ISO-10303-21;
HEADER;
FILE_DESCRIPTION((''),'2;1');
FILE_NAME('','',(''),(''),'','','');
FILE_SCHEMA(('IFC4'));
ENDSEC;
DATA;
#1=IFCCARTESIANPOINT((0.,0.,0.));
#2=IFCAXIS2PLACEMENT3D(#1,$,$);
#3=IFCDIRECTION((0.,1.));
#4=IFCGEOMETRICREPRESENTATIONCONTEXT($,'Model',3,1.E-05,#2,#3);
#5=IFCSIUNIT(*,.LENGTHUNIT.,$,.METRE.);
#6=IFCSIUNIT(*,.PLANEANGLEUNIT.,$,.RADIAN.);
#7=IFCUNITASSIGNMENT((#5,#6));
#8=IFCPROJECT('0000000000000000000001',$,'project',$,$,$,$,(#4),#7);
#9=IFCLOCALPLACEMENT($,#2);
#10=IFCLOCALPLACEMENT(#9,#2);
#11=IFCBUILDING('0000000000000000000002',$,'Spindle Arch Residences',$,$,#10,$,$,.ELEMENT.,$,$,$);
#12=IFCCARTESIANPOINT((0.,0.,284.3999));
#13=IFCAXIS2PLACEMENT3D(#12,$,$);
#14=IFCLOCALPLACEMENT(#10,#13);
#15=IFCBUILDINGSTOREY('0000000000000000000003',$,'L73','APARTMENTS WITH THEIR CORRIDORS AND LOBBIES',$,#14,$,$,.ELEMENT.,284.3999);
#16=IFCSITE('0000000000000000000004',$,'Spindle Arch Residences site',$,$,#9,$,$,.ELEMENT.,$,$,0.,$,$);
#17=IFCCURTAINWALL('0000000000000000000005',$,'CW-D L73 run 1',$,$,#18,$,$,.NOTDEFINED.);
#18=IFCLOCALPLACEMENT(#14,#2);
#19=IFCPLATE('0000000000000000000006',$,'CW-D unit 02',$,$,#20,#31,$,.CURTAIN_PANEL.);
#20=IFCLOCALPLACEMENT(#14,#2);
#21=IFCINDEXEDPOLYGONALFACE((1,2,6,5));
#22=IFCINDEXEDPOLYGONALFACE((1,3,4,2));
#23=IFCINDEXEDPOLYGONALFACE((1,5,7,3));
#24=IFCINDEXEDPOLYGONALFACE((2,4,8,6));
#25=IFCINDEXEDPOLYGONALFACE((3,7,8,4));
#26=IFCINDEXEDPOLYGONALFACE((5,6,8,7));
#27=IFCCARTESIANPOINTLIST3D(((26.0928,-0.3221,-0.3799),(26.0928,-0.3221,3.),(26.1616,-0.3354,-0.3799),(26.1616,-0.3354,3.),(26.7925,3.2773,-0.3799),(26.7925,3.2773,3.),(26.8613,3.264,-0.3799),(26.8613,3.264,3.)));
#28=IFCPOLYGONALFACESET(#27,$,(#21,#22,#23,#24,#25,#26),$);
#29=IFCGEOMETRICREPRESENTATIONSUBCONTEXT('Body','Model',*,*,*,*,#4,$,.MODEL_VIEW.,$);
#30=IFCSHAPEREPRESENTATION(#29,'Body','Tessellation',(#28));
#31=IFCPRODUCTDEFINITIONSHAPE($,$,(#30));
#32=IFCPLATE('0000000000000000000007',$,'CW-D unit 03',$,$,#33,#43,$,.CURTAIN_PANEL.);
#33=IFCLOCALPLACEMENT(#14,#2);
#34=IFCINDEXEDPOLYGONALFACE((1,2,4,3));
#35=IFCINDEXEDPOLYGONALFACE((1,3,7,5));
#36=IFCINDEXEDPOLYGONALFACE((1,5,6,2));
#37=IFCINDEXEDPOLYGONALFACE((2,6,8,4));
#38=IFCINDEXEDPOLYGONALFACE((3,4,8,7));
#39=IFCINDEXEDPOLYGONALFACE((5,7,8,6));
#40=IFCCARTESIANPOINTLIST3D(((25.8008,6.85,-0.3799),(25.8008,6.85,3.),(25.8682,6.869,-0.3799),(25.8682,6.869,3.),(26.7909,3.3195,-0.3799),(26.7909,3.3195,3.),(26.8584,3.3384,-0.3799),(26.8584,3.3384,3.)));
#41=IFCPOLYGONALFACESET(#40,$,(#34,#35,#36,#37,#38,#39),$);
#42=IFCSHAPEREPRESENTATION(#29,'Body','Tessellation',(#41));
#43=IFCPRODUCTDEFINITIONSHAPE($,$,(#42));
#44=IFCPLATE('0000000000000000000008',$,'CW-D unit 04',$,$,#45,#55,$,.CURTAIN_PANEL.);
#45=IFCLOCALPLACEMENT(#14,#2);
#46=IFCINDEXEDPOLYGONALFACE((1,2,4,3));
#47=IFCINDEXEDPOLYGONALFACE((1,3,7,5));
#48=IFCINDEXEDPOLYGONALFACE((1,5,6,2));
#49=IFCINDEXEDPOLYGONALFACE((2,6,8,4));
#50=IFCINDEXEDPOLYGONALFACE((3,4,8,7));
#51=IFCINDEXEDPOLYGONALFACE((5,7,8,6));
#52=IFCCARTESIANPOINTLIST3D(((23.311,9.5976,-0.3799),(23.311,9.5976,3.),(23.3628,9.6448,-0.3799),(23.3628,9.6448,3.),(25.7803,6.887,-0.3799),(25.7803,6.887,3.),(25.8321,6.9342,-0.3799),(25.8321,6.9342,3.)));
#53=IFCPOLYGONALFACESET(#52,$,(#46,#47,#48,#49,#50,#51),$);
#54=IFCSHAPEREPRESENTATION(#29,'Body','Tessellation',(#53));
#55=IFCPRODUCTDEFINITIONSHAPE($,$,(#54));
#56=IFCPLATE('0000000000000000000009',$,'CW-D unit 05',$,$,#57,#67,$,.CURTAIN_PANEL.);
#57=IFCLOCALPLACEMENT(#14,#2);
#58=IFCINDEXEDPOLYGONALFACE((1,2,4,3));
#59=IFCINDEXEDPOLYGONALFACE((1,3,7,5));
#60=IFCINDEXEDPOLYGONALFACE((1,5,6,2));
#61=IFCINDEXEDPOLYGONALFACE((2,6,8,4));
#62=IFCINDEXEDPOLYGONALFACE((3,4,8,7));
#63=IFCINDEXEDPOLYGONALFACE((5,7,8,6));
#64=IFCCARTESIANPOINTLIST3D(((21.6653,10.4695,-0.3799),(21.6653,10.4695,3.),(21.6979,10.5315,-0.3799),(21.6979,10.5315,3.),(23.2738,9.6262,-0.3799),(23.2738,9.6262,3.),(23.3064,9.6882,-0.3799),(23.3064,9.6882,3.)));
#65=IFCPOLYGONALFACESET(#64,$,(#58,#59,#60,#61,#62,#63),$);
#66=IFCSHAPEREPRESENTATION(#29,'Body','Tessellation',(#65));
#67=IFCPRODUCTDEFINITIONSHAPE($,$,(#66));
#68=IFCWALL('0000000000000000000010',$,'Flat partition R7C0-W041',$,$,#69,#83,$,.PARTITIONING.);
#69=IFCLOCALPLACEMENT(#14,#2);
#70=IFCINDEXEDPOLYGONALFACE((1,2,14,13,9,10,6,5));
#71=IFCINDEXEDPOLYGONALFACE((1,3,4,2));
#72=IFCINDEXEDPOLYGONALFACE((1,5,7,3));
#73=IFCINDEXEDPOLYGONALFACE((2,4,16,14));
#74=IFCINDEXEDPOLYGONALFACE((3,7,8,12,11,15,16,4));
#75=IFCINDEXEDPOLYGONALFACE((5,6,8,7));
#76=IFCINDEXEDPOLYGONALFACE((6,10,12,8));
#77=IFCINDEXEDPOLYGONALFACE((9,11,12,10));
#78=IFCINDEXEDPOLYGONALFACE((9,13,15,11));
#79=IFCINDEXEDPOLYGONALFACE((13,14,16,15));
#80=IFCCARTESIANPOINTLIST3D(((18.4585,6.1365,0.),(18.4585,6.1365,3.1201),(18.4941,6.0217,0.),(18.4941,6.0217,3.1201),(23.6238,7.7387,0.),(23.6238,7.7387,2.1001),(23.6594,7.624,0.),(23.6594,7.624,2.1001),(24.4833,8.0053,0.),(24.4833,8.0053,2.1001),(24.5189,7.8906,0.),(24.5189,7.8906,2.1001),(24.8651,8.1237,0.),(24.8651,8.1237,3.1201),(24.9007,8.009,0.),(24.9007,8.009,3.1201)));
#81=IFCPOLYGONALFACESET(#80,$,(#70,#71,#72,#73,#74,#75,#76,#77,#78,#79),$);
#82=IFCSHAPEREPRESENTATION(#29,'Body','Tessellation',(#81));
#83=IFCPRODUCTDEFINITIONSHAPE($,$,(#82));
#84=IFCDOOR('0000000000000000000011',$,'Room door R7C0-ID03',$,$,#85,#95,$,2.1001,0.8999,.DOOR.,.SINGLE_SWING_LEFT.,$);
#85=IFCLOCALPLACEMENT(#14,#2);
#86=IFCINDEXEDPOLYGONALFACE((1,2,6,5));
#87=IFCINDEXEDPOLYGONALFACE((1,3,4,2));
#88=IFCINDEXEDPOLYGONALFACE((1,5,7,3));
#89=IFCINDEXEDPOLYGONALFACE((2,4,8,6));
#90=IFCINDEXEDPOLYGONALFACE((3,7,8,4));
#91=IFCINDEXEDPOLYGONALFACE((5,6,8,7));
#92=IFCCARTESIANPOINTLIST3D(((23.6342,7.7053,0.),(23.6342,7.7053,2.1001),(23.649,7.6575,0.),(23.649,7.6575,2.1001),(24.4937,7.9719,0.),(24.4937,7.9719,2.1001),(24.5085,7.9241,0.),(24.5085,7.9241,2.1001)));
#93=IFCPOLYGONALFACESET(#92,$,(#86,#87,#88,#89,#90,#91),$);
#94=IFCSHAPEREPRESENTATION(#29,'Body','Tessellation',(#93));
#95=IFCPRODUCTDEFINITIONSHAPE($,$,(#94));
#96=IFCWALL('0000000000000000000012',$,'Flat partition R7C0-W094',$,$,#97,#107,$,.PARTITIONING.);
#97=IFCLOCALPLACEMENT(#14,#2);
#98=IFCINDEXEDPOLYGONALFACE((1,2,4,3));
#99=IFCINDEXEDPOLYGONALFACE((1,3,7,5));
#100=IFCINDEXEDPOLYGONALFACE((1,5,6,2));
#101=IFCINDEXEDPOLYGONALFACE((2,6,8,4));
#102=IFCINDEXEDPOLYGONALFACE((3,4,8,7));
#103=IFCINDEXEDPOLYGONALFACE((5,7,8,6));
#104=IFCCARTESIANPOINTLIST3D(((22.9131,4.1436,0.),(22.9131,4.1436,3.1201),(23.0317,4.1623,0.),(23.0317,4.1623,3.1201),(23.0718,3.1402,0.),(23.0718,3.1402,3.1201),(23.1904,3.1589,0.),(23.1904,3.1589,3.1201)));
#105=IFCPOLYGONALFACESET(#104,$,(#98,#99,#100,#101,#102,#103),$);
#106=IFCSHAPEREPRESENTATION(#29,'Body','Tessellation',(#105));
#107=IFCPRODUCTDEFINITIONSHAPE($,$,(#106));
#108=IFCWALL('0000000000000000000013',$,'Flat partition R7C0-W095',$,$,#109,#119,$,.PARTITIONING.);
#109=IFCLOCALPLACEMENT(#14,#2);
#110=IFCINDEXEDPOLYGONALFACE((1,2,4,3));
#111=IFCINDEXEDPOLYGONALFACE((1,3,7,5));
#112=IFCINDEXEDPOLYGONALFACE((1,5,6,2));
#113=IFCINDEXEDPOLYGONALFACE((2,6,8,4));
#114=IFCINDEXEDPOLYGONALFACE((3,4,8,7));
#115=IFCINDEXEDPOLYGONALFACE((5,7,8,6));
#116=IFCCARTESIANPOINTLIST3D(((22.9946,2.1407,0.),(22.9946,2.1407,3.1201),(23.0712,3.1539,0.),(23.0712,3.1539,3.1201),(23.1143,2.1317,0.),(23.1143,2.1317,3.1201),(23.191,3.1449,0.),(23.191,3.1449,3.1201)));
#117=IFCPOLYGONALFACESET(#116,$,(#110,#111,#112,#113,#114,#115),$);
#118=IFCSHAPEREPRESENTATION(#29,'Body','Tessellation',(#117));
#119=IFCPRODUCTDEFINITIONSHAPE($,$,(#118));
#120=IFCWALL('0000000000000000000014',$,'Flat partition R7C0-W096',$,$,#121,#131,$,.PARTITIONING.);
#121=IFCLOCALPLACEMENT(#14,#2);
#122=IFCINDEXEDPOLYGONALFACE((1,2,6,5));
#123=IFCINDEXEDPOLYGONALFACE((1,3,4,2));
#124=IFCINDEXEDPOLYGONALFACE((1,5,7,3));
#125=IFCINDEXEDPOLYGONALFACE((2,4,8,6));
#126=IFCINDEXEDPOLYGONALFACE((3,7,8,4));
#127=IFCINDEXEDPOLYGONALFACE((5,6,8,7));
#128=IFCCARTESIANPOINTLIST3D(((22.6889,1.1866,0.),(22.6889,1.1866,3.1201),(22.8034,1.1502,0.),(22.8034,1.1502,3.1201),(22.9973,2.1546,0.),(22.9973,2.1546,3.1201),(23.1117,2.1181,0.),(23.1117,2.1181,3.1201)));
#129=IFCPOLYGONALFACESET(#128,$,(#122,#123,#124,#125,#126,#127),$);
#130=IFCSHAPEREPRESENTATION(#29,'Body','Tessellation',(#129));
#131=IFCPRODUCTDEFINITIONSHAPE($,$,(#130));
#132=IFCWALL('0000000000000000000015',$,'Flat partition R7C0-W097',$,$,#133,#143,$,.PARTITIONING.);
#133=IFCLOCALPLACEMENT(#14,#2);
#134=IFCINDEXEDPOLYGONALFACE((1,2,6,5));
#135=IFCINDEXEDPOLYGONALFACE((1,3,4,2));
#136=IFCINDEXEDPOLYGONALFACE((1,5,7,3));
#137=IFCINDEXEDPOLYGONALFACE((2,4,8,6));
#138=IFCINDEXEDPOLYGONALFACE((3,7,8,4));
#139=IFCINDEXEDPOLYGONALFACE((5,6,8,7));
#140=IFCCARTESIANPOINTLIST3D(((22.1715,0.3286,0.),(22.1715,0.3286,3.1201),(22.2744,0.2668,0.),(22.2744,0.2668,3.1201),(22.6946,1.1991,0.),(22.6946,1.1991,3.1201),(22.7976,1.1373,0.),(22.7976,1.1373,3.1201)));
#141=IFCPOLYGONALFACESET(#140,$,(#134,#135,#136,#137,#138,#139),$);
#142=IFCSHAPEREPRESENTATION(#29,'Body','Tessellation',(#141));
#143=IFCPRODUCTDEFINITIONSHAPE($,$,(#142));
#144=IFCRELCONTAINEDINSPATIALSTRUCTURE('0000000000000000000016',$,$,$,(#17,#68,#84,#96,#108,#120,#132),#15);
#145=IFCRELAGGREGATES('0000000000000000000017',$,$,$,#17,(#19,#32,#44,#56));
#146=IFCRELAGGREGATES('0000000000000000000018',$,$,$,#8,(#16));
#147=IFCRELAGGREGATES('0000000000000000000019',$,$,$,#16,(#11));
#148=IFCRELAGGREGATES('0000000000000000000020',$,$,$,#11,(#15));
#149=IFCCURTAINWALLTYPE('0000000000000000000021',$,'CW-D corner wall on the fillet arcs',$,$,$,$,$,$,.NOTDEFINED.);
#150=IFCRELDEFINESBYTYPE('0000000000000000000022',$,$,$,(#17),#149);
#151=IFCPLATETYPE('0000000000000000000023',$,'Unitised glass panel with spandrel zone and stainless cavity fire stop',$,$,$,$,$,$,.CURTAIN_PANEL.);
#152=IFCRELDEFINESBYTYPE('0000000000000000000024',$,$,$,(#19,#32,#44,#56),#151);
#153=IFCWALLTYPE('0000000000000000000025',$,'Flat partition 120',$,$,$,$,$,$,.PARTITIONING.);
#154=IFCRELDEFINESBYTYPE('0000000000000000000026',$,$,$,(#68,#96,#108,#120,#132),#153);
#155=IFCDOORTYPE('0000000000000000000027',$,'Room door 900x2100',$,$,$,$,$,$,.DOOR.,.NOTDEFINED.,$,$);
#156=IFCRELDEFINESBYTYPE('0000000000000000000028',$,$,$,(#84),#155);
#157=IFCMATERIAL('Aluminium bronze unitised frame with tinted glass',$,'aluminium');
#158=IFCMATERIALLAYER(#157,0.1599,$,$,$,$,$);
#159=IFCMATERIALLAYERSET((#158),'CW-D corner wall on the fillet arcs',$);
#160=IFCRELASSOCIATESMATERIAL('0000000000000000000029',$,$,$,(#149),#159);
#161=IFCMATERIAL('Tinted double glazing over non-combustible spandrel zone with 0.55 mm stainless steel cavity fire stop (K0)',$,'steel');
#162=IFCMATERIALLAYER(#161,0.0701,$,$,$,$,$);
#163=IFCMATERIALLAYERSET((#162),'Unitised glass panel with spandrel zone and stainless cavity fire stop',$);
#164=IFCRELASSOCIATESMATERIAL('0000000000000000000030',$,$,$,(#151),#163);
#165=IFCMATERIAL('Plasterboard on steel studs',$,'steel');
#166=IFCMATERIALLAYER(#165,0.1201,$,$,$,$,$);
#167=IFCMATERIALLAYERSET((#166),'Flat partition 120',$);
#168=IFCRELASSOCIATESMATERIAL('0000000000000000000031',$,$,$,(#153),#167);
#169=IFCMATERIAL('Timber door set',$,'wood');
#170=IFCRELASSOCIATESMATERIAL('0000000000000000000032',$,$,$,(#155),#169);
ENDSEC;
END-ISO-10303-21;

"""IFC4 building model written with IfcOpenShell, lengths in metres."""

from ifc_helpers import new_model, si_unit, direction, frame, frame_2d, origin, origin_2d, place, context, subcontext, project, spatial, rectangle, extrude, material, layer, layer_set, type_object, element, fill, aggregate, save


model = new_model("IFC4")

# Units and contexts
model_context = context("Model", 3, precision=1e-05, world=origin(), true_north=direction((0.0, 1.0)))
body_context = subcontext(model_context, "Body", "Model", "MODEL_VIEW")
ifc_project = project(units=[si_unit("LENGTHUNIT", "METRE"), si_unit("PLANEANGLEUNIT", "RADIAN")], contexts=[model_context])

# Site, building, storey
site_placement = place(None, origin())
site = spatial("IfcSite", under=ifc_project, at=site_placement, Name="Spindle Arch Residences site", CompositionType="ELEMENT", RefElevation=0.0)
building_placement = place(site_placement, origin())
building = spatial("IfcBuilding", under=site, at=building_placement, Name="Spindle Arch Residences", CompositionType="ELEMENT")
storey_placement = place(building_placement, frame((0.0, 0.0, 284.3999)))
storey = spatial("IfcBuildingStorey", under=building, at=storey_placement, Name="L73", Description="APARTMENTS WITH THEIR CORRIDORS AND LOBBIES", CompositionType="ELEMENT", Elevation=284.3999)

# Curtain wall
ifc_material_1 = material(Name="Aluminium bronze unitised frame with tinted glass", Category="aluminium")
ifc_layer_1 = layer(ifc_material_1, 0.1599)
ifc_layer_set_1 = layer_set([ifc_layer_1], Name="CW-D corner wall on the fillet arcs")
curtain_wall_type = type_object("IfcCurtainWallType", Name="CW-D corner wall on the fillet arcs", PredefinedType="NOTDEFINED", material=ifc_layer_set_1)
curtain_wall_placement = place(storey_placement, origin())
curtain_wall = element("IfcCurtainWall", 1, at=curtain_wall_placement, inside=storey, type_object=curtain_wall_type, Name="CW-D L73 run 1", PredefinedType="NOTDEFINED")

# Plates
ifc_material_2 = material(Name="Tinted double glazing over non-combustible spandrel zone with 0.55 mm stainless steel cavity fire stop (K0)", Category="steel")
ifc_layer_2 = layer(ifc_material_2, 0.0701)
ifc_layer_set_2 = layer_set([ifc_layer_2], Name="Unitised glass panel with spandrel zone and stainless cavity fire stop")
plate_type = type_object("IfcPlateType", Name="Unitised glass panel with spandrel zone and stainless cavity fire stop", PredefinedType="CURTAIN_PANEL", material=ifc_layer_set_2)
plate_1_placement = place(storey_placement, frame((26.4771, 1.4709, -0.3799), z_axis=(0.0, 0.0, 1.0), x_axis=(0.190809, 0.981627, 0.0)))
plate_1 = element("IfcPlate", 2, at=plate_1_placement, type_object=plate_type, Name="CW-D unit 02", PredefinedType="CURTAIN_PANEL", context=body_context, shape_type="SweptSolid", body=[
    extrude(rectangle(XDim=3.6667, YDim=0.0701, at=origin_2d()), origin(), (0.0, 0.0, 1.0), 3.3799),
])
plate_2_placement = place(storey_placement, frame((26.3296, 5.0942, -0.3799), z_axis=(0.0, 0.0, 1.0), x_axis=(-0.27004, 0.962849, 0.0)))
plate_2 = element("IfcPlate", 3, at=plate_2_placement, type_object=plate_type, Name="CW-D unit 03", PredefinedType="CURTAIN_PANEL", context=body_context, shape_type="SweptSolid", body=[
    extrude(rectangle(XDim=3.6667, YDim=0.0701, at=origin_2d()), origin(), (0.0, 0.0, 1.0), 3.3799),
])
plate_3_placement = place(storey_placement, frame((24.5715, 8.2659, -0.3799), z_axis=(0.0, 0.0, 1.0), x_axis=(-0.673443, 0.739239, 0.0)))
plate_3 = element("IfcPlate", 4, at=plate_3_placement, type_object=plate_type, Name="CW-D unit 04", PredefinedType="CURTAIN_PANEL", context=body_context, shape_type="SweptSolid", body=[
    extrude(rectangle(XDim=3.6667, YDim=0.0701, at=origin_2d()), origin(), (0.0, 0.0, 1.0), 3.3799),
])
plate_4_placement = place(storey_placement, frame((22.4858, 10.0789, -0.3799), z_axis=(0.0, 0.0, 1.0), x_axis=(-0.885664, 0.464327, 0.0)))
plate_4 = element("IfcPlate", 5, at=plate_4_placement, type_object=plate_type, Name="CW-D unit 05", PredefinedType="CURTAIN_PANEL", context=body_context, shape_type="SweptSolid", body=[
    extrude(rectangle(XDim=1.8162, YDim=0.0701, at=origin_2d()), origin(), (0.0, 0.0, 1.0), 3.3799),
])
aggregate(curtain_wall, [plate_1, plate_2, plate_3, plate_4])

# Wall, opening, door
ifc_material_3 = material(Name="Plasterboard on steel studs", Category="steel")
ifc_layer_3 = layer(ifc_material_3, 0.1201)
ifc_layer_set_3 = layer_set([ifc_layer_3], Name="Flat partition 120")
wall_type = type_object("IfcWallType", Name="Flat partition 120", PredefinedType="PARTITIONING", material=ifc_layer_set_3)
wall_1_placement = place(storey_placement, frame((24.8831, 8.0664, 0.0), z_axis=(0.0, 0.0, 1.0), x_axis=(-0.955106, -0.296264, 0.0)))
wall_1 = element("IfcWall", 6, at=wall_1_placement, inside=storey, type_object=wall_type, Name="Flat partition R7C0-W041", PredefinedType="PARTITIONING", context=body_context, shape_type="SweptSolid", body=[
    extrude(rectangle(XDim=6.7078, YDim=0.1201, at=frame_2d((3.354, 0.0))), origin(), (0.0, 0.0, 1.0), 3.1201),
])
opening_placement = place(wall_1_placement, frame((0.3999, 0.0, 0.0)))
opening = element("IfcOpeningElement", 7, at=opening_placement, cuts=wall_1, PredefinedType="OPENING", context=body_context, shape_type="SweptSolid", body=[
    extrude(rectangle(XDim=0.8999, YDim=2.1001, at=frame_2d((0.45, 1.05))), frame((0.0, 0.0701, 0.0), z_axis=(0.0, -1.0, 0.0), x_axis=(1.0, 0.0, 0.0)), (0.0, 0.0, 1.0), 0.1401),
])
ifc_material_4 = material(Name="Timber door set", Category="wood")
door_type = type_object("IfcDoorType", Name="Room door 900x2100", OperationType="NOTDEFINED", PredefinedType="DOOR", material=ifc_material_4)
door_placement = place(opening_placement, origin())
door = element("IfcDoor", 8, at=door_placement, inside=storey, type_object=door_type, Name="Room door R7C0-ID03", OperationType="SINGLE_SWING_LEFT", OverallHeight=2.1001, OverallWidth=0.8999, PredefinedType="DOOR", context=body_context, shape_type="SweptSolid", body=[
    extrude(rectangle(XDim=0.8999, YDim=2.1001, at=frame_2d((0.45, 1.05))), frame((0.0, 0.0249, 0.0), z_axis=(0.0, -1.0, 0.0), x_axis=(1.0, 0.0, 0.0)), (0.0, 0.0, 1.0), 0.05),
])
fill(opening, door)

# Walls
wall_2_placement = place(storey_placement, frame((22.9724, 4.1528, 0.0), z_axis=(0.0, 0.0, 1.0), x_axis=(0.156209, -0.987724, 0.0)))
element("IfcWall", 9, at=wall_2_placement, inside=storey, type_object=wall_type, Name="Flat partition R7C0-W094", PredefinedType="PARTITIONING", context=body_context, shape_type="SweptSolid", body=[
    extrude(rectangle(XDim=1.0159, YDim=0.1201, at=frame_2d((0.5078, 0.0))), origin(), (0.0, 0.0, 1.0), 3.1201),
])
wall_3_placement = place(storey_placement, frame((23.1311, 3.1494, 0.0), z_axis=(0.0, 0.0, 1.0), x_axis=(-0.075447, -0.99715, 0.0)))
element("IfcWall", 10, at=wall_3_placement, inside=storey, type_object=wall_type, Name="Flat partition R7C0-W095", PredefinedType="PARTITIONING", context=body_context, shape_type="SweptSolid", body=[
    extrude(rectangle(XDim=1.0161, YDim=0.1201, at=frame_2d((0.5081, 0.0))), origin(), (0.0, 0.0, 1.0), 3.1201),
])
wall_4_placement = place(storey_placement, frame((23.0544, 2.1362, 0.0), z_axis=(0.0, 0.0, 1.0), x_axis=(-0.303511, -0.952828, 0.0)))
element("IfcWall", 11, at=wall_4_placement, inside=storey, type_object=wall_type, Name="Flat partition R7C0-W096", PredefinedType="PARTITIONING", context=body_context, shape_type="SweptSolid", body=[
    extrude(rectangle(XDim=1.0159, YDim=0.1201, at=frame_2d((0.5078, 0.0))), origin(), (0.0, 0.0, 1.0), 3.1201),
])
wall_5_placement = place(storey_placement, frame((22.7461, 1.1682, 0.0), z_axis=(0.0, 0.0, 1.0), x_axis=(-0.515097, -0.857132, 0.0)))
element("IfcWall", 12, at=wall_5_placement, inside=storey, type_object=wall_type, Name="Flat partition R7C0-W097", PredefinedType="PARTITIONING", context=body_context, shape_type="SweptSolid", body=[
    extrude(rectangle(XDim=1.0156, YDim=0.1201, at=frame_2d((0.5078, 0.0))), origin(), (0.0, 0.0, 1.0), 3.1201),
])

save(model, "model.ifc")
